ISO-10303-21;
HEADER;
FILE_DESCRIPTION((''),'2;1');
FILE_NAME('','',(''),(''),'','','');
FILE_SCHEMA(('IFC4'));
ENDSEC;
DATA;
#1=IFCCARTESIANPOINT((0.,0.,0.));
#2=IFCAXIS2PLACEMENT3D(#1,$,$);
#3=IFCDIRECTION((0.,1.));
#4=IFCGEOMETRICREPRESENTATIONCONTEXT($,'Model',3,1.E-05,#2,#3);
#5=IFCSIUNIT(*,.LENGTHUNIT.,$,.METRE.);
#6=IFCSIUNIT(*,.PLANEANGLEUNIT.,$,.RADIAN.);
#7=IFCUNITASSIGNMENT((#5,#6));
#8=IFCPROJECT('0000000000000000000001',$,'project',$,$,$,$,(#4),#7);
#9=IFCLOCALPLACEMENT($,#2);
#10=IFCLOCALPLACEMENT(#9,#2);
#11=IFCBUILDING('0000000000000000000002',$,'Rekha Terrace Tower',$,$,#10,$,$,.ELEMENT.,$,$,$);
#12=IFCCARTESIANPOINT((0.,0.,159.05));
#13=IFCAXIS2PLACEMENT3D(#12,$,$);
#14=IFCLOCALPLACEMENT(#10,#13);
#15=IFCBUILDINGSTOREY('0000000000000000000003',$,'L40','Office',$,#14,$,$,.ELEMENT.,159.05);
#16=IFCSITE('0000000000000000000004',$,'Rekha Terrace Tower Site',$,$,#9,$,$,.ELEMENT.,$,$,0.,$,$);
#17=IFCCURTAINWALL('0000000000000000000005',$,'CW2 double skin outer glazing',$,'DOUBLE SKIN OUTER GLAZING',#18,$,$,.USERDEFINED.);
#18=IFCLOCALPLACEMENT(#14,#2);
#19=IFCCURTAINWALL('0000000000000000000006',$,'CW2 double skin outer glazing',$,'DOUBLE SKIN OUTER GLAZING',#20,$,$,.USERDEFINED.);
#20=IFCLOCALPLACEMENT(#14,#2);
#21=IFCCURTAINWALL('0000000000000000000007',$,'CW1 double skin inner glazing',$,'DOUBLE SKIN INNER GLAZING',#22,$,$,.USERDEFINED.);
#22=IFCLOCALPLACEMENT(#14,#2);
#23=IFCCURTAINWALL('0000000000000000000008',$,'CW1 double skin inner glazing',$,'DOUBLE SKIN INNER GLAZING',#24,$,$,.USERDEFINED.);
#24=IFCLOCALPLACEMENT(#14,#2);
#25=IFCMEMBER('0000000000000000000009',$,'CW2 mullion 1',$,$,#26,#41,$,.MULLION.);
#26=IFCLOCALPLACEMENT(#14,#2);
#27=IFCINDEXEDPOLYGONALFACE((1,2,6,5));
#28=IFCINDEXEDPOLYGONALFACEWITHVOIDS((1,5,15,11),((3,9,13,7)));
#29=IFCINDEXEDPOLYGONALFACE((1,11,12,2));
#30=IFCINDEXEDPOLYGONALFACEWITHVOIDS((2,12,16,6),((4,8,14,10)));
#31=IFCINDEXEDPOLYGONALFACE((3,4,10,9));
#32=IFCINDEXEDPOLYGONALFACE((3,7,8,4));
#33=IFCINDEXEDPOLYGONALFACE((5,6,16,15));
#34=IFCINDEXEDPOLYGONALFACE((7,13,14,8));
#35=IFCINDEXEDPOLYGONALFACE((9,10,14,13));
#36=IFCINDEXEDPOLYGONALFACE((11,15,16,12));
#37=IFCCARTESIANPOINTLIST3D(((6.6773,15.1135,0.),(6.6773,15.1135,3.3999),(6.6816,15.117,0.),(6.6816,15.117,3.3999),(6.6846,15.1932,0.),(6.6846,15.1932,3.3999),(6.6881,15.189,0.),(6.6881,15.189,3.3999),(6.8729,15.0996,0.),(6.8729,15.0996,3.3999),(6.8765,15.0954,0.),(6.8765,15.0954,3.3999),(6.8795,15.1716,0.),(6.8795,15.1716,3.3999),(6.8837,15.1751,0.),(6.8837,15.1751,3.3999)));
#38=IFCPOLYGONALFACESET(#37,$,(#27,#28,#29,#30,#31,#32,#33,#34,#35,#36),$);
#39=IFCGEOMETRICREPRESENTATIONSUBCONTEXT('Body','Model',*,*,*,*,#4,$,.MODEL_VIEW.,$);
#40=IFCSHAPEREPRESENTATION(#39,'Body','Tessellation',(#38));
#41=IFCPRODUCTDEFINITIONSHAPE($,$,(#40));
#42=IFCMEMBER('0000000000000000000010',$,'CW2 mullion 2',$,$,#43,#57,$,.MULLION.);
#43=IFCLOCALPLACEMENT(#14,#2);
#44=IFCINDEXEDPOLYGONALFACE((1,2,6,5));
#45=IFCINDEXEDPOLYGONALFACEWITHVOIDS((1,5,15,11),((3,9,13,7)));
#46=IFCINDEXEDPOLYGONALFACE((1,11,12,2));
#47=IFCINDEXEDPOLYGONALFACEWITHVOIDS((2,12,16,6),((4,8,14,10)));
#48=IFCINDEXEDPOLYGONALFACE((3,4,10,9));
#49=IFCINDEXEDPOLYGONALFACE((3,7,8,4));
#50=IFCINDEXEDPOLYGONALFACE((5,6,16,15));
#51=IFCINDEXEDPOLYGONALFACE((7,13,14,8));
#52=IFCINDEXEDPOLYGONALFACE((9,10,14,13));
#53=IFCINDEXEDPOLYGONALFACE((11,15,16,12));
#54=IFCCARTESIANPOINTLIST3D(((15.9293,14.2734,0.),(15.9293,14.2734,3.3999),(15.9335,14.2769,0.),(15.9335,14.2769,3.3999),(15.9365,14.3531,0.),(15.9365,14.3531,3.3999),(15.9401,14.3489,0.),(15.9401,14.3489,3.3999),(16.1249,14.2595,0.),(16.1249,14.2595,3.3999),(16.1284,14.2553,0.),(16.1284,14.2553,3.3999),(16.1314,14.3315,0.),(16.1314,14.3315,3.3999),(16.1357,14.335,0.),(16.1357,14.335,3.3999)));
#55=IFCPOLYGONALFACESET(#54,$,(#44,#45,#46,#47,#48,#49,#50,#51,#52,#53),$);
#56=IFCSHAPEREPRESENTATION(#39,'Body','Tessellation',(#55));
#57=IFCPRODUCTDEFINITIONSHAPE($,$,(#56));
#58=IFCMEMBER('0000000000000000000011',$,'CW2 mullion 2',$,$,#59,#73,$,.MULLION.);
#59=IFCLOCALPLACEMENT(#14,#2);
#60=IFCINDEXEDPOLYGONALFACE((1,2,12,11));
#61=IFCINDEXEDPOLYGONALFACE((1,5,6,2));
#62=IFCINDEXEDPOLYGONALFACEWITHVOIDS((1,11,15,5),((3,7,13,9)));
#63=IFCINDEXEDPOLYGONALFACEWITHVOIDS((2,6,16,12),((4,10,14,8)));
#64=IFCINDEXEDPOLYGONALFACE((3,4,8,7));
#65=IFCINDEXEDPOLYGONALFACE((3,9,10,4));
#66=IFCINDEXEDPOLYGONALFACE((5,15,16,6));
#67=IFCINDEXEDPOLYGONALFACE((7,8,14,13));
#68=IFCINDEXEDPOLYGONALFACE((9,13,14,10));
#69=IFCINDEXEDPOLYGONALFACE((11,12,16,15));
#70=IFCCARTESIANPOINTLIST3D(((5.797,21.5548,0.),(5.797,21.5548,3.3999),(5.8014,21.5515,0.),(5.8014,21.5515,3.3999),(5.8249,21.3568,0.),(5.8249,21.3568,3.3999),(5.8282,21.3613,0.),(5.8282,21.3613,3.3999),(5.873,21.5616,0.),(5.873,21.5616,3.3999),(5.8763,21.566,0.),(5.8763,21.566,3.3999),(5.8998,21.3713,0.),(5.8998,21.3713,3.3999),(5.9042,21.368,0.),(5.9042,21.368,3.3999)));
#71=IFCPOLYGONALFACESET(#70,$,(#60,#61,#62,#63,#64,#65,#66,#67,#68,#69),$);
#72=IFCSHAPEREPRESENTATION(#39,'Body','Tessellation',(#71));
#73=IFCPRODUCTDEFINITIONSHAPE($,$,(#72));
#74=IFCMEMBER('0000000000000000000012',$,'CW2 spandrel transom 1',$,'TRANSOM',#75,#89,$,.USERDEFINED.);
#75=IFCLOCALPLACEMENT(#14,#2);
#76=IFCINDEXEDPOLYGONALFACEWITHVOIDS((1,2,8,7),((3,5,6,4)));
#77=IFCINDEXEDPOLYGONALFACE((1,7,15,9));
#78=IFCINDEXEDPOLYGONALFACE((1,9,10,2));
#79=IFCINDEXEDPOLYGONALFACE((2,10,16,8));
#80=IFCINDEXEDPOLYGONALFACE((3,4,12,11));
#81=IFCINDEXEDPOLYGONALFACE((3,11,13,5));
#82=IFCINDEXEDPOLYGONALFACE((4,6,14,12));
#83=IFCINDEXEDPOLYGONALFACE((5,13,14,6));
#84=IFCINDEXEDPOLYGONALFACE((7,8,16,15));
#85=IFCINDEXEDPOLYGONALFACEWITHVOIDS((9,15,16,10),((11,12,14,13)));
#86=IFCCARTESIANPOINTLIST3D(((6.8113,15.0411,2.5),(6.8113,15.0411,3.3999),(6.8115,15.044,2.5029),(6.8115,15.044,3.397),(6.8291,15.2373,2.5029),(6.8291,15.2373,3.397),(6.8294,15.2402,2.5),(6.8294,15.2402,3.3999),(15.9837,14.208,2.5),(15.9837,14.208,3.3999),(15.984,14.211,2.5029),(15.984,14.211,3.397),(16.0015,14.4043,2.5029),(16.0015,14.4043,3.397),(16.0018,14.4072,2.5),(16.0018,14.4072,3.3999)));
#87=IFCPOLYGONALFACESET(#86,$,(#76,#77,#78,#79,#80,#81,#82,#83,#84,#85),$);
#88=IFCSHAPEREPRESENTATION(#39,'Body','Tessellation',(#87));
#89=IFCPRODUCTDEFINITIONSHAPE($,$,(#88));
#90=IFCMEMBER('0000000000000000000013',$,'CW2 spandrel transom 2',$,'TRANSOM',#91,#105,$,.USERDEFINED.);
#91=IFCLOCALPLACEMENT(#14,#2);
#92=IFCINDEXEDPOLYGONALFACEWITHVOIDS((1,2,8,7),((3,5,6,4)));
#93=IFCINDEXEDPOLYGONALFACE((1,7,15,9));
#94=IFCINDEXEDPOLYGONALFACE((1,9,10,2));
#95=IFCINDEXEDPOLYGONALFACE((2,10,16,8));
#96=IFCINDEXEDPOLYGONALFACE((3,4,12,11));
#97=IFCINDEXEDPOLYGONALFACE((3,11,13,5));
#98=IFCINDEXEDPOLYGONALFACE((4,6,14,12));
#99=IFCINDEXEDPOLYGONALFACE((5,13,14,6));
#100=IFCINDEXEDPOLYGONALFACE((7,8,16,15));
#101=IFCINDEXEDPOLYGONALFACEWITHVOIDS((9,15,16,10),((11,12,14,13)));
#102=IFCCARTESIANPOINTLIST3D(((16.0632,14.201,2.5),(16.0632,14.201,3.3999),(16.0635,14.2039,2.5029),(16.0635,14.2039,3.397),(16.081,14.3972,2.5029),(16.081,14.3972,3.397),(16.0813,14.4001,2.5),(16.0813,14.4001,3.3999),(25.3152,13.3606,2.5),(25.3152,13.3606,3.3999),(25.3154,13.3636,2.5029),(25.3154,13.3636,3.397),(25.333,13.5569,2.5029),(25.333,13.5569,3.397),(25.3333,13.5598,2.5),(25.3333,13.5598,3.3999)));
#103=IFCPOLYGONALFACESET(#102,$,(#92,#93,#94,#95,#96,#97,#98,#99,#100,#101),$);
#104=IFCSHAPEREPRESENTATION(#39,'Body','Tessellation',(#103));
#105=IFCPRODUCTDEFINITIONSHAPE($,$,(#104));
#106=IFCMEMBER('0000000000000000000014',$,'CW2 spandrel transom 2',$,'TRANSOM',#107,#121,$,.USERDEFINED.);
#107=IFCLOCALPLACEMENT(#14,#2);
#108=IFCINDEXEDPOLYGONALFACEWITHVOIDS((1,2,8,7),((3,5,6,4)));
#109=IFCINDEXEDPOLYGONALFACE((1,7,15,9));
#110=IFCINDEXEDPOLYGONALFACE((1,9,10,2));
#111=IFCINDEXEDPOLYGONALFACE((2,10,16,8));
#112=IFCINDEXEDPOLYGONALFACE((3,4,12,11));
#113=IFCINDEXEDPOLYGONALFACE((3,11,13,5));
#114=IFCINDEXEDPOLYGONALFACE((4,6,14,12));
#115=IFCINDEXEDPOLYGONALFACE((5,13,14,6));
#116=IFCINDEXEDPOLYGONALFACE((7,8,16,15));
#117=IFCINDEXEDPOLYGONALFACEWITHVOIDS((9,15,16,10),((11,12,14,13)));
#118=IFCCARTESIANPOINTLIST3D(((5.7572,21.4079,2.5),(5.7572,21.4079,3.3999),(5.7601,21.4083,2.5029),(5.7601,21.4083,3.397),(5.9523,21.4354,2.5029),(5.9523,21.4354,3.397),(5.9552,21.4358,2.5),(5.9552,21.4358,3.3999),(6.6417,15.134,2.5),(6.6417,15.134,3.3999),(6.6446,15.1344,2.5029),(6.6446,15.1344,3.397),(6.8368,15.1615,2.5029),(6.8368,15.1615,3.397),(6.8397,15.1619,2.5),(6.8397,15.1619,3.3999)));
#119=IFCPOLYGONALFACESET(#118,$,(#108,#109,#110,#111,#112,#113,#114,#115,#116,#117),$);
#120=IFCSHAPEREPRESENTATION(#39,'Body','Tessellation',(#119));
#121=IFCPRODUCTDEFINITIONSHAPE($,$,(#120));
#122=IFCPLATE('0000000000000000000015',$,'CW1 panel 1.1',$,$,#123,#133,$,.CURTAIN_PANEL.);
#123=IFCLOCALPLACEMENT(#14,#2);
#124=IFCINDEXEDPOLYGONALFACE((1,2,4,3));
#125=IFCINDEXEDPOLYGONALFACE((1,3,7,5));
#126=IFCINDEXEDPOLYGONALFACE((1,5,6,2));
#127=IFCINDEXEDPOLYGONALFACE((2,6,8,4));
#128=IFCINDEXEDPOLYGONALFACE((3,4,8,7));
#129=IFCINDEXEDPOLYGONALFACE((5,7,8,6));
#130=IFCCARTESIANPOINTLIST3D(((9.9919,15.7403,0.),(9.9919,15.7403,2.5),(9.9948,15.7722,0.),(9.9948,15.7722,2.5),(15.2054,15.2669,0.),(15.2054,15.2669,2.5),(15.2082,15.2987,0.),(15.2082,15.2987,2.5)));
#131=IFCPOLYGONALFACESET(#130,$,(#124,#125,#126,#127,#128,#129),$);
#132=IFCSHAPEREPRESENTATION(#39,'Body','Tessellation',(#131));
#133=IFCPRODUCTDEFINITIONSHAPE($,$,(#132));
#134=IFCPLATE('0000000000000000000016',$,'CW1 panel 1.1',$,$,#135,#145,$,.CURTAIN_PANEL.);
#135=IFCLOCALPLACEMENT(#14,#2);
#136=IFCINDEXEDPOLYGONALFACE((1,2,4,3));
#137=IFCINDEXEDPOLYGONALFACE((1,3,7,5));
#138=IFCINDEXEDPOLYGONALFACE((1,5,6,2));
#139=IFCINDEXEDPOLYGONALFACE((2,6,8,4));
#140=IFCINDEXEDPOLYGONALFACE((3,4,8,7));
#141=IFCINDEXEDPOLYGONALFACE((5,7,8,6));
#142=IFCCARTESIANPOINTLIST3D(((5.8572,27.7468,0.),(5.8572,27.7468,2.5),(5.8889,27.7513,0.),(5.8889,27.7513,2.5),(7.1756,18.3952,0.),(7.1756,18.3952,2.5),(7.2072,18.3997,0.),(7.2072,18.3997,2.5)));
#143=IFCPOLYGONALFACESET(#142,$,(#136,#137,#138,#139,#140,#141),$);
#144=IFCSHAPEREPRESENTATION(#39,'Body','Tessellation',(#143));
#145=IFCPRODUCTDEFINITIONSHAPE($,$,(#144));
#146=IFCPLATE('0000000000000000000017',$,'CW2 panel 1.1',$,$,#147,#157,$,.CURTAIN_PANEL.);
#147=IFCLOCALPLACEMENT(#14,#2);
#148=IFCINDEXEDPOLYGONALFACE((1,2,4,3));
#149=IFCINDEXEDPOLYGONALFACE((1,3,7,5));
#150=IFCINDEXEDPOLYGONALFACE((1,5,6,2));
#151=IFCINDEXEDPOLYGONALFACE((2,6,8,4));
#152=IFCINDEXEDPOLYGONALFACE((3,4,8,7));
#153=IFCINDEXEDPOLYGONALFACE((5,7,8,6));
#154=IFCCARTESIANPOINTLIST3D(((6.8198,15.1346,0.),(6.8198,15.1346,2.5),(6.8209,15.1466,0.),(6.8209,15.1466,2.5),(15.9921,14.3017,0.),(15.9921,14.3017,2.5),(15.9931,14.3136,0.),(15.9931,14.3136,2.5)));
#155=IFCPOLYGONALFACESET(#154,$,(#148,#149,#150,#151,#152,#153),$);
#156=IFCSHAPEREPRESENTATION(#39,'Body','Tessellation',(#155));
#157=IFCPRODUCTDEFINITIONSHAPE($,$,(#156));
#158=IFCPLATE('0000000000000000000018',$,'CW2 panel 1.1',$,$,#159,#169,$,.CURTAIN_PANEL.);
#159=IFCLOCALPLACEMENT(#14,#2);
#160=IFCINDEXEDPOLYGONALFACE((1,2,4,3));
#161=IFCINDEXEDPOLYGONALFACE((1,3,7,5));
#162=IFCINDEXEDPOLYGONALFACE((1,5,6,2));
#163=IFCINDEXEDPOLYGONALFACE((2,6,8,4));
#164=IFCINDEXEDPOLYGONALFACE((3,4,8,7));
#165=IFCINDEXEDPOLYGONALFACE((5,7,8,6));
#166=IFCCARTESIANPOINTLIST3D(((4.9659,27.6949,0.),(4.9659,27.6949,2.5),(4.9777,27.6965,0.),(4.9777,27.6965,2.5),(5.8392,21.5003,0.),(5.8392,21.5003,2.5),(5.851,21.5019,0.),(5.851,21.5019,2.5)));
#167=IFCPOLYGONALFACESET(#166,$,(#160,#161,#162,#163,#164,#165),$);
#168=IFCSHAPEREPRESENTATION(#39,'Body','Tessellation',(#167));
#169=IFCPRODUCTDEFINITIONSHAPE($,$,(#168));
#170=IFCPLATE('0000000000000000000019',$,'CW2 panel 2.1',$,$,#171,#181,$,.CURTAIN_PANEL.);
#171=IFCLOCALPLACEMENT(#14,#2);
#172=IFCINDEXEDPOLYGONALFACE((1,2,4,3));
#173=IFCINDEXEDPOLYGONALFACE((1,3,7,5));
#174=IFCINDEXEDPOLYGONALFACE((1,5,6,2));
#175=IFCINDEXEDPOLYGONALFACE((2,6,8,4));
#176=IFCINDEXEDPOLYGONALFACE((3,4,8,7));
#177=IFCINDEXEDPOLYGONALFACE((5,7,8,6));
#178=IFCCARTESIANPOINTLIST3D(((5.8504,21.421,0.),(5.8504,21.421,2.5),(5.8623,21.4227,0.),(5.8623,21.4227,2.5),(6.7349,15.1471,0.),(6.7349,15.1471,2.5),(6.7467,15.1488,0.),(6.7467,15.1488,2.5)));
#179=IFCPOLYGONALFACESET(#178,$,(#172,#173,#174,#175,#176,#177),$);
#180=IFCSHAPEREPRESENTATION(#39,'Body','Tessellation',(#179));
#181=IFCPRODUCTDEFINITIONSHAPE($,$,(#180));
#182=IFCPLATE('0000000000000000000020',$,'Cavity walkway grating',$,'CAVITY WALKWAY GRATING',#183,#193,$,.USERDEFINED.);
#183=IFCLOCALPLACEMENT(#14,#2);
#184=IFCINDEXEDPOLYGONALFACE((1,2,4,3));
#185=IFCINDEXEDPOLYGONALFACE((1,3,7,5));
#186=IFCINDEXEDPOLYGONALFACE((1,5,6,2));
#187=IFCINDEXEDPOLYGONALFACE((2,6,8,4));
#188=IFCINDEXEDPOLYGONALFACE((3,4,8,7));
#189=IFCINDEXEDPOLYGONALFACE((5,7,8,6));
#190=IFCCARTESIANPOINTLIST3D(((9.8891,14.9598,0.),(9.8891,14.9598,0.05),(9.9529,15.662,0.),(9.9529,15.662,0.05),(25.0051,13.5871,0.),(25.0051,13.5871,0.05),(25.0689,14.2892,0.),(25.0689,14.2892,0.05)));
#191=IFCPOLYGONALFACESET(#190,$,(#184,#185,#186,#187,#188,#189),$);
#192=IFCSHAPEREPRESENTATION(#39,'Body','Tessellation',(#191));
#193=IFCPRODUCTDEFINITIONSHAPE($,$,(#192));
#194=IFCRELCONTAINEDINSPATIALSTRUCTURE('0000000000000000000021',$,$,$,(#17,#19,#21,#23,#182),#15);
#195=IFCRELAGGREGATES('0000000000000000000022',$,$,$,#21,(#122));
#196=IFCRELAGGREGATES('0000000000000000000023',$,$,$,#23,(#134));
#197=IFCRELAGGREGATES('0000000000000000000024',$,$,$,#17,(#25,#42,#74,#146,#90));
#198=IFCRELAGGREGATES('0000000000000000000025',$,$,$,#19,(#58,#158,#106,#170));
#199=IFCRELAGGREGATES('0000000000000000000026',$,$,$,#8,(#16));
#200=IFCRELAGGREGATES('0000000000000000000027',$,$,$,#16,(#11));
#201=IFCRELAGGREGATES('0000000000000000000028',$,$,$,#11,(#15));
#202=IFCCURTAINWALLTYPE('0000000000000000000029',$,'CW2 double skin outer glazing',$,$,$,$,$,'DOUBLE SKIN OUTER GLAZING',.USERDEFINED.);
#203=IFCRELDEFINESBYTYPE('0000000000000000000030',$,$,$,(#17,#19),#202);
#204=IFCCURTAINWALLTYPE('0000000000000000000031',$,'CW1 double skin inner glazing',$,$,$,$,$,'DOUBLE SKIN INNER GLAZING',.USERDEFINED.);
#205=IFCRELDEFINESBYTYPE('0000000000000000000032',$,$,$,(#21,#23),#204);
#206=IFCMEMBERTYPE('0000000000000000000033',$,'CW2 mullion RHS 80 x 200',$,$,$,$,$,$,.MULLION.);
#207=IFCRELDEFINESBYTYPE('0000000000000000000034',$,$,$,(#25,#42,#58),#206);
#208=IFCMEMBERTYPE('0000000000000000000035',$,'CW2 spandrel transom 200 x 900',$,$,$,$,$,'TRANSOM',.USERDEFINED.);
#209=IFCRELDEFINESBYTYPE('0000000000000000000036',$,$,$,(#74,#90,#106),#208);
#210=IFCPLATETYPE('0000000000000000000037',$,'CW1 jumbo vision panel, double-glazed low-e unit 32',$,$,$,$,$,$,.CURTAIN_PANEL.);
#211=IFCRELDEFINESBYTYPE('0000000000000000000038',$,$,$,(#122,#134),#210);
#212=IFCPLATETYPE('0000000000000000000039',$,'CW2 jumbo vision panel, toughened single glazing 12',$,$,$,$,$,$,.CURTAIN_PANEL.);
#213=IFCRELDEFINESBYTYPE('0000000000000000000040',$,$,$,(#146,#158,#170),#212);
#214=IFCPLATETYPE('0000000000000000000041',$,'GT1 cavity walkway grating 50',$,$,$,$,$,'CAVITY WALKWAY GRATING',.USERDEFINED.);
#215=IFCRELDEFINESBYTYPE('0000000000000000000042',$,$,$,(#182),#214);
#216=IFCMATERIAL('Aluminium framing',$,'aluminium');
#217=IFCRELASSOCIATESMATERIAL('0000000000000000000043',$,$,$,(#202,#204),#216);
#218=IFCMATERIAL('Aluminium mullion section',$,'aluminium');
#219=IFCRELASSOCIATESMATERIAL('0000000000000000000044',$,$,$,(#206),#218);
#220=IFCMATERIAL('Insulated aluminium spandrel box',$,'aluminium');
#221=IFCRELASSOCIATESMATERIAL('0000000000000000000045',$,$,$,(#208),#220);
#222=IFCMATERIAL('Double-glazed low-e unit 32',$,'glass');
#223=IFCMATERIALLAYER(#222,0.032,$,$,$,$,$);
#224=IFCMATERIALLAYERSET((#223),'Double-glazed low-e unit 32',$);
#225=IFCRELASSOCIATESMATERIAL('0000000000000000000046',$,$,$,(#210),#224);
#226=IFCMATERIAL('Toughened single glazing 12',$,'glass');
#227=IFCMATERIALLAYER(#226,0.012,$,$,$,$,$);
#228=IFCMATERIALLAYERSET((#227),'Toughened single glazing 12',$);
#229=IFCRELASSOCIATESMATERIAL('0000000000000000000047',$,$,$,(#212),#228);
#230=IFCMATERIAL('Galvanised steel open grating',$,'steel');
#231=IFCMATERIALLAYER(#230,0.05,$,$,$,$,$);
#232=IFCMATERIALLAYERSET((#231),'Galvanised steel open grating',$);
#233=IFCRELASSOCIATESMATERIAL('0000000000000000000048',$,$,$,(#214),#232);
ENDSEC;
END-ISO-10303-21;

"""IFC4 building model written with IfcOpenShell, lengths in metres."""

from ifc_helpers import new_model, si_unit, direction, frame, origin, origin_2d, place, context, subcontext, project, spatial, rectangle, hollow_rectangle, extrude, material, layer, layer_set, material_profile, profile_set, type_object, element, aggregate, save


model = new_model("IFC4")

# Units and contexts
model_context = context("Model", 3, precision=1e-05, world=origin(), true_north=direction((0.0, 1.0)))
body_context = subcontext(model_context, "Body", "Model", "MODEL_VIEW")
ifc_project = project(units=[si_unit("LENGTHUNIT", "METRE"), si_unit("PLANEANGLEUNIT", "RADIAN")], contexts=[model_context])

# Site, building, storey
site_placement = place(None, origin())
site = spatial("IfcSite", under=ifc_project, at=site_placement, Name="Rekha Terrace Tower Site", CompositionType="ELEMENT", RefElevation=0.0)
building_placement = place(site_placement, origin())
building = spatial("IfcBuilding", under=site, at=building_placement, Name="Rekha Terrace Tower", CompositionType="ELEMENT")
storey_placement = place(building_placement, frame((0.0, 0.0, 159.05)))
storey = spatial("IfcBuildingStorey", under=building, at=storey_placement, Name="L40", Description="Office", CompositionType="ELEMENT", Elevation=159.05)

# Curtain walls
ifc_material_1 = material(Name="Aluminium framing", Category="aluminium")
curtain_wall_type_1 = type_object("IfcCurtainWallType", Name="CW2 double skin outer glazing", ElementType="DOUBLE SKIN OUTER GLAZING", PredefinedType="USERDEFINED", material=ifc_material_1)
curtain_wall_1_placement = place(storey_placement, origin())
curtain_wall_1 = element("IfcCurtainWall", 1, at=curtain_wall_1_placement, inside=storey, type_object=curtain_wall_type_1, Name="CW2 double skin outer glazing", ObjectType="DOUBLE SKIN OUTER GLAZING", PredefinedType="USERDEFINED")
curtain_wall_2_placement = place(storey_placement, origin())
curtain_wall_2 = element("IfcCurtainWall", 2, at=curtain_wall_2_placement, inside=storey, type_object=curtain_wall_type_1, Name="CW2 double skin outer glazing", ObjectType="DOUBLE SKIN OUTER GLAZING", PredefinedType="USERDEFINED")

# Curtain wall
curtain_wall_type_2 = type_object("IfcCurtainWallType", Name="CW1 double skin inner glazing", ElementType="DOUBLE SKIN INNER GLAZING", PredefinedType="USERDEFINED", material=ifc_material_1)
curtain_wall_3_placement = place(storey_placement, origin())
curtain_wall_3 = element("IfcCurtainWall", 3, at=curtain_wall_3_placement, inside=storey, type_object=curtain_wall_type_2, Name="CW1 double skin inner glazing", ObjectType="DOUBLE SKIN INNER GLAZING", PredefinedType="USERDEFINED")
ifc_material_2 = material(Name="Aluminium mullion section", Category="aluminium")

# Curtain wall
curtain_wall_4_placement = place(storey_placement, origin())
curtain_wall_4 = element("IfcCurtainWall", 4, at=curtain_wall_4_placement, inside=storey, type_object=curtain_wall_type_2, Name="CW1 double skin inner glazing", ObjectType="DOUBLE SKIN INNER GLAZING", PredefinedType="USERDEFINED")

# Members
ifc_material_3 = material(Name="Insulated aluminium spandrel box", Category="aluminium")
ifc_material_profile_1 = material_profile(ifc_material_2, hollow_rectangle(XDim=0.0801, YDim=0.2, WallThickness=0.0039, at=origin_2d()), Name="AL RHS 80x200")
ifc_profile_set_1 = profile_set([ifc_material_profile_1], Name="Aluminium mullion section")
member_type_1 = type_object("IfcMemberType", Name="CW2 mullion RHS 80 x 200", PredefinedType="MULLION", material=ifc_profile_set_1)
member_1_placement = place(storey_placement, frame((6.7805, 15.1443, 0.0), z_axis=(0.0, 0.0, 1.0), x_axis=(0.09044, 0.995902, 0.0)))
member_1 = element("IfcMember", 5, at=member_1_placement, type_object=member_type_1, Name="CW2 mullion 1", PredefinedType="MULLION", context=body_context, shape_type="SweptSolid", body=[
    extrude(hollow_rectangle(XDim=0.0801, YDim=0.2, WallThickness=0.0039, at=origin_2d()), origin(), (0.0, 0.0, 1.0), 3.3999),
])
member_2_placement = place(storey_placement, frame((16.0325, 14.3042, 0.0), z_axis=(0.0, 0.0, 1.0), x_axis=(0.09044, 0.995902, 0.0)))
member_2 = element("IfcMember", 6, at=member_2_placement, type_object=member_type_1, Name="CW2 mullion 2", PredefinedType="MULLION", context=body_context, shape_type="SweptSolid", body=[
    extrude(hollow_rectangle(XDim=0.0801, YDim=0.2, WallThickness=0.0039, at=origin_2d()), origin(), (0.0, 0.0, 1.0), 3.3999),
])
member_3_placement = place(storey_placement, frame((5.8506, 21.4614, 0.0), z_axis=(0.0, 0.0, 1.0), x_axis=(0.990208, 0.139597, 0.0)))
member_3 = element("IfcMember", 7, at=member_3_placement, type_object=member_type_1, Name="CW2 mullion 2", PredefinedType="MULLION", context=body_context, shape_type="SweptSolid", body=[
    extrude(hollow_rectangle(XDim=0.0801, YDim=0.2, WallThickness=0.0039, at=origin_2d()), origin(), (0.0, 0.0, 1.0), 3.3999),
])
ifc_material_profile_2 = material_profile(ifc_material_3, hollow_rectangle(XDim=0.2, YDim=0.8999, WallThickness=0.0029, at=origin_2d()), Name="AL SPANDREL BOX 200x900")
ifc_profile_set_2 = profile_set([ifc_material_profile_2], Name="Insulated aluminium spandrel box")
member_type_2 = type_object("IfcMemberType", Name="CW2 spandrel transom 200 x 900", ElementType="TRANSOM", PredefinedType="USERDEFINED", material=ifc_profile_set_2)
member_4_placement = place(storey_placement, frame((6.8203, 15.1406, 2.95), z_axis=(0.995901, -0.090445, 0.0), x_axis=(0.090445, 0.995901, 0.0)))
member_4 = element("IfcMember", 8, at=member_4_placement, type_object=member_type_2, Name="CW2 spandrel transom 1", ObjectType="TRANSOM", PredefinedType="USERDEFINED", context=body_context, shape_type="SweptSolid", body=[
    extrude(hollow_rectangle(XDim=0.2, YDim=0.8999, WallThickness=0.0029, at=origin_2d()), origin(), (0.0, 0.0, 1.0), 9.2102),
])
member_5_placement = place(storey_placement, frame((16.0723, 14.3005, 2.95), z_axis=(0.995901, -0.090455, 0.0), x_axis=(0.090455, 0.995901, 0.0)))
member_5 = element("IfcMember", 9, at=member_5_placement, type_object=member_type_2, Name="CW2 spandrel transom 2", ObjectType="TRANSOM", PredefinedType="USERDEFINED", context=body_context, shape_type="SweptSolid", body=[
    extrude(hollow_rectangle(XDim=0.2, YDim=0.8999, WallThickness=0.0029, at=origin_2d()), origin(), (0.0, 0.0, 1.0), 9.29),
])
member_6_placement = place(storey_placement, frame((5.8562, 21.4219, 2.95), z_axis=(0.139603, -0.990208, 0.0), x_axis=(0.990208, 0.139603, 0.0)))
member_6 = element("IfcMember", 10, at=member_6_placement, type_object=member_type_2, Name="CW2 spandrel transom 2", ObjectType="TRANSOM", PredefinedType="USERDEFINED", context=body_context, shape_type="SweptSolid", body=[
    extrude(hollow_rectangle(XDim=0.2, YDim=0.8999, WallThickness=0.0029, at=origin_2d()), origin(), (0.0, 0.0, 1.0), 6.3359),
])

# Plates
ifc_material_4 = material(Name="Double-glazed low-e unit 32", Category="glass")
ifc_layer_1 = layer(ifc_material_4, 0.032)
ifc_layer_set_1 = layer_set([ifc_layer_1], Name="Double-glazed low-e unit 32")
plate_type_1 = type_object("IfcPlateType", Name="CW1 jumbo vision panel, double-glazed low-e unit 32", PredefinedType="CURTAIN_PANEL", material=ifc_layer_set_1)
plate_1_placement = place(storey_placement, frame((12.6001, 15.5195, 0.0), z_axis=(0.0, 0.0, 1.0), x_axis=(0.995902, -0.09044, 0.0)))
plate_1 = element("IfcPlate", 11, at=plate_1_placement, type_object=plate_type_1, Name="CW1 panel 1.1", PredefinedType="CURTAIN_PANEL", context=body_context, shape_type="SweptSolid", body=[
    extrude(rectangle(XDim=5.2349, YDim=0.032, at=origin_2d()), origin(), (0.0, 0.0, 1.0), 2.5),
])
aggregate(curtain_wall_3, [plate_1])
plate_2_placement = place(storey_placement, frame((6.5322, 23.0732, 0.0), z_axis=(0.0, 0.0, 1.0), x_axis=(0.139597, -0.990208, 0.0)))
plate_2 = element("IfcPlate", 12, at=plate_2_placement, type_object=plate_type_1, Name="CW1 panel 1.1", PredefinedType="CURTAIN_PANEL", context=body_context, shape_type="SweptSolid", body=[
    extrude(rectangle(XDim=9.4441, YDim=0.032, at=origin_2d()), origin(), (0.0, 0.0, 1.0), 2.5),
])
aggregate(curtain_wall_4, [plate_2])
ifc_material_5 = material(Name="Toughened single glazing 12", Category="glass")
ifc_layer_2 = layer(ifc_material_5, 0.012)
ifc_layer_set_2 = layer_set([ifc_layer_2], Name="Toughened single glazing 12")
plate_type_2 = type_object("IfcPlateType", Name="CW2 jumbo vision panel, toughened single glazing 12", PredefinedType="CURTAIN_PANEL", material=ifc_layer_set_2)
plate_3_placement = place(storey_placement, frame((11.4065, 14.7241, 0.0), z_axis=(0.0, 0.0, 1.0), x_axis=(0.995902, -0.09044, 0.0)))
plate_3 = element("IfcPlate", 13, at=plate_3_placement, type_object=plate_type_2, Name="CW2 panel 1.1", PredefinedType="CURTAIN_PANEL", context=body_context, shape_type="SweptSolid", body=[
    extrude(rectangle(XDim=9.21, YDim=0.012, at=origin_2d()), origin(), (0.0, 0.0, 1.0), 2.5),
])
aggregate(curtain_wall_1, [member_1, member_2, member_4, plate_3, member_5])
plate_4_placement = place(storey_placement, frame((5.4084, 24.5984, 0.0), z_axis=(0.0, 0.0, 1.0), x_axis=(0.139597, -0.990208, 0.0)))
plate_4 = element("IfcPlate", 14, at=plate_4_placement, type_object=plate_type_2, Name="CW2 panel 1.1", PredefinedType="CURTAIN_PANEL", context=body_context, shape_type="SweptSolid", body=[
    extrude(rectangle(XDim=6.2559, YDim=0.012, at=origin_2d()), origin(), (0.0, 0.0, 1.0), 2.5),
])
plate_5_placement = place(storey_placement, frame((6.2986, 18.2849, 0.0), z_axis=(0.0, 0.0, 1.0), x_axis=(0.139597, -0.990208, 0.0)))
plate_5 = element("IfcPlate", 15, at=plate_5_placement, type_object=plate_type_2, Name="CW2 panel 2.1", PredefinedType="CURTAIN_PANEL", context=body_context, shape_type="SweptSolid", body=[
    extrude(rectangle(XDim=6.3359, YDim=0.012, at=origin_2d()), origin(), (0.0, 0.0, 1.0), 2.5),
])
aggregate(curtain_wall_2, [member_3, plate_4, member_6, plate_5])

# Plate
ifc_material_6 = material(Name="Galvanised steel open grating", Category="steel")
ifc_layer_3 = layer(ifc_material_6, 0.05)
ifc_layer_set_3 = layer_set([ifc_layer_3], Name="Galvanised steel open grating")
plate_type_3 = type_object("IfcPlateType", Name="GT1 cavity walkway grating 50", ElementType="CAVITY WALKWAY GRATING", PredefinedType="USERDEFINED", material=ifc_layer_set_3)
plate_6_placement = place(storey_placement, frame((17.479, 14.6245, 0.0), z_axis=(0.0, 0.0, 1.0), x_axis=(0.995902, -0.09044, 0.0)))
element("IfcPlate", 16, at=plate_6_placement, inside=storey, type_object=plate_type_3, Name="Cavity walkway grating", ObjectType="CAVITY WALKWAY GRATING", PredefinedType="USERDEFINED", context=body_context, shape_type="SweptSolid", body=[
    extrude(rectangle(XDim=15.1782, YDim=0.7051, at=origin_2d()), origin(), (0.0, 0.0, 1.0), 0.05),
])

save(model, "model.ifc")
